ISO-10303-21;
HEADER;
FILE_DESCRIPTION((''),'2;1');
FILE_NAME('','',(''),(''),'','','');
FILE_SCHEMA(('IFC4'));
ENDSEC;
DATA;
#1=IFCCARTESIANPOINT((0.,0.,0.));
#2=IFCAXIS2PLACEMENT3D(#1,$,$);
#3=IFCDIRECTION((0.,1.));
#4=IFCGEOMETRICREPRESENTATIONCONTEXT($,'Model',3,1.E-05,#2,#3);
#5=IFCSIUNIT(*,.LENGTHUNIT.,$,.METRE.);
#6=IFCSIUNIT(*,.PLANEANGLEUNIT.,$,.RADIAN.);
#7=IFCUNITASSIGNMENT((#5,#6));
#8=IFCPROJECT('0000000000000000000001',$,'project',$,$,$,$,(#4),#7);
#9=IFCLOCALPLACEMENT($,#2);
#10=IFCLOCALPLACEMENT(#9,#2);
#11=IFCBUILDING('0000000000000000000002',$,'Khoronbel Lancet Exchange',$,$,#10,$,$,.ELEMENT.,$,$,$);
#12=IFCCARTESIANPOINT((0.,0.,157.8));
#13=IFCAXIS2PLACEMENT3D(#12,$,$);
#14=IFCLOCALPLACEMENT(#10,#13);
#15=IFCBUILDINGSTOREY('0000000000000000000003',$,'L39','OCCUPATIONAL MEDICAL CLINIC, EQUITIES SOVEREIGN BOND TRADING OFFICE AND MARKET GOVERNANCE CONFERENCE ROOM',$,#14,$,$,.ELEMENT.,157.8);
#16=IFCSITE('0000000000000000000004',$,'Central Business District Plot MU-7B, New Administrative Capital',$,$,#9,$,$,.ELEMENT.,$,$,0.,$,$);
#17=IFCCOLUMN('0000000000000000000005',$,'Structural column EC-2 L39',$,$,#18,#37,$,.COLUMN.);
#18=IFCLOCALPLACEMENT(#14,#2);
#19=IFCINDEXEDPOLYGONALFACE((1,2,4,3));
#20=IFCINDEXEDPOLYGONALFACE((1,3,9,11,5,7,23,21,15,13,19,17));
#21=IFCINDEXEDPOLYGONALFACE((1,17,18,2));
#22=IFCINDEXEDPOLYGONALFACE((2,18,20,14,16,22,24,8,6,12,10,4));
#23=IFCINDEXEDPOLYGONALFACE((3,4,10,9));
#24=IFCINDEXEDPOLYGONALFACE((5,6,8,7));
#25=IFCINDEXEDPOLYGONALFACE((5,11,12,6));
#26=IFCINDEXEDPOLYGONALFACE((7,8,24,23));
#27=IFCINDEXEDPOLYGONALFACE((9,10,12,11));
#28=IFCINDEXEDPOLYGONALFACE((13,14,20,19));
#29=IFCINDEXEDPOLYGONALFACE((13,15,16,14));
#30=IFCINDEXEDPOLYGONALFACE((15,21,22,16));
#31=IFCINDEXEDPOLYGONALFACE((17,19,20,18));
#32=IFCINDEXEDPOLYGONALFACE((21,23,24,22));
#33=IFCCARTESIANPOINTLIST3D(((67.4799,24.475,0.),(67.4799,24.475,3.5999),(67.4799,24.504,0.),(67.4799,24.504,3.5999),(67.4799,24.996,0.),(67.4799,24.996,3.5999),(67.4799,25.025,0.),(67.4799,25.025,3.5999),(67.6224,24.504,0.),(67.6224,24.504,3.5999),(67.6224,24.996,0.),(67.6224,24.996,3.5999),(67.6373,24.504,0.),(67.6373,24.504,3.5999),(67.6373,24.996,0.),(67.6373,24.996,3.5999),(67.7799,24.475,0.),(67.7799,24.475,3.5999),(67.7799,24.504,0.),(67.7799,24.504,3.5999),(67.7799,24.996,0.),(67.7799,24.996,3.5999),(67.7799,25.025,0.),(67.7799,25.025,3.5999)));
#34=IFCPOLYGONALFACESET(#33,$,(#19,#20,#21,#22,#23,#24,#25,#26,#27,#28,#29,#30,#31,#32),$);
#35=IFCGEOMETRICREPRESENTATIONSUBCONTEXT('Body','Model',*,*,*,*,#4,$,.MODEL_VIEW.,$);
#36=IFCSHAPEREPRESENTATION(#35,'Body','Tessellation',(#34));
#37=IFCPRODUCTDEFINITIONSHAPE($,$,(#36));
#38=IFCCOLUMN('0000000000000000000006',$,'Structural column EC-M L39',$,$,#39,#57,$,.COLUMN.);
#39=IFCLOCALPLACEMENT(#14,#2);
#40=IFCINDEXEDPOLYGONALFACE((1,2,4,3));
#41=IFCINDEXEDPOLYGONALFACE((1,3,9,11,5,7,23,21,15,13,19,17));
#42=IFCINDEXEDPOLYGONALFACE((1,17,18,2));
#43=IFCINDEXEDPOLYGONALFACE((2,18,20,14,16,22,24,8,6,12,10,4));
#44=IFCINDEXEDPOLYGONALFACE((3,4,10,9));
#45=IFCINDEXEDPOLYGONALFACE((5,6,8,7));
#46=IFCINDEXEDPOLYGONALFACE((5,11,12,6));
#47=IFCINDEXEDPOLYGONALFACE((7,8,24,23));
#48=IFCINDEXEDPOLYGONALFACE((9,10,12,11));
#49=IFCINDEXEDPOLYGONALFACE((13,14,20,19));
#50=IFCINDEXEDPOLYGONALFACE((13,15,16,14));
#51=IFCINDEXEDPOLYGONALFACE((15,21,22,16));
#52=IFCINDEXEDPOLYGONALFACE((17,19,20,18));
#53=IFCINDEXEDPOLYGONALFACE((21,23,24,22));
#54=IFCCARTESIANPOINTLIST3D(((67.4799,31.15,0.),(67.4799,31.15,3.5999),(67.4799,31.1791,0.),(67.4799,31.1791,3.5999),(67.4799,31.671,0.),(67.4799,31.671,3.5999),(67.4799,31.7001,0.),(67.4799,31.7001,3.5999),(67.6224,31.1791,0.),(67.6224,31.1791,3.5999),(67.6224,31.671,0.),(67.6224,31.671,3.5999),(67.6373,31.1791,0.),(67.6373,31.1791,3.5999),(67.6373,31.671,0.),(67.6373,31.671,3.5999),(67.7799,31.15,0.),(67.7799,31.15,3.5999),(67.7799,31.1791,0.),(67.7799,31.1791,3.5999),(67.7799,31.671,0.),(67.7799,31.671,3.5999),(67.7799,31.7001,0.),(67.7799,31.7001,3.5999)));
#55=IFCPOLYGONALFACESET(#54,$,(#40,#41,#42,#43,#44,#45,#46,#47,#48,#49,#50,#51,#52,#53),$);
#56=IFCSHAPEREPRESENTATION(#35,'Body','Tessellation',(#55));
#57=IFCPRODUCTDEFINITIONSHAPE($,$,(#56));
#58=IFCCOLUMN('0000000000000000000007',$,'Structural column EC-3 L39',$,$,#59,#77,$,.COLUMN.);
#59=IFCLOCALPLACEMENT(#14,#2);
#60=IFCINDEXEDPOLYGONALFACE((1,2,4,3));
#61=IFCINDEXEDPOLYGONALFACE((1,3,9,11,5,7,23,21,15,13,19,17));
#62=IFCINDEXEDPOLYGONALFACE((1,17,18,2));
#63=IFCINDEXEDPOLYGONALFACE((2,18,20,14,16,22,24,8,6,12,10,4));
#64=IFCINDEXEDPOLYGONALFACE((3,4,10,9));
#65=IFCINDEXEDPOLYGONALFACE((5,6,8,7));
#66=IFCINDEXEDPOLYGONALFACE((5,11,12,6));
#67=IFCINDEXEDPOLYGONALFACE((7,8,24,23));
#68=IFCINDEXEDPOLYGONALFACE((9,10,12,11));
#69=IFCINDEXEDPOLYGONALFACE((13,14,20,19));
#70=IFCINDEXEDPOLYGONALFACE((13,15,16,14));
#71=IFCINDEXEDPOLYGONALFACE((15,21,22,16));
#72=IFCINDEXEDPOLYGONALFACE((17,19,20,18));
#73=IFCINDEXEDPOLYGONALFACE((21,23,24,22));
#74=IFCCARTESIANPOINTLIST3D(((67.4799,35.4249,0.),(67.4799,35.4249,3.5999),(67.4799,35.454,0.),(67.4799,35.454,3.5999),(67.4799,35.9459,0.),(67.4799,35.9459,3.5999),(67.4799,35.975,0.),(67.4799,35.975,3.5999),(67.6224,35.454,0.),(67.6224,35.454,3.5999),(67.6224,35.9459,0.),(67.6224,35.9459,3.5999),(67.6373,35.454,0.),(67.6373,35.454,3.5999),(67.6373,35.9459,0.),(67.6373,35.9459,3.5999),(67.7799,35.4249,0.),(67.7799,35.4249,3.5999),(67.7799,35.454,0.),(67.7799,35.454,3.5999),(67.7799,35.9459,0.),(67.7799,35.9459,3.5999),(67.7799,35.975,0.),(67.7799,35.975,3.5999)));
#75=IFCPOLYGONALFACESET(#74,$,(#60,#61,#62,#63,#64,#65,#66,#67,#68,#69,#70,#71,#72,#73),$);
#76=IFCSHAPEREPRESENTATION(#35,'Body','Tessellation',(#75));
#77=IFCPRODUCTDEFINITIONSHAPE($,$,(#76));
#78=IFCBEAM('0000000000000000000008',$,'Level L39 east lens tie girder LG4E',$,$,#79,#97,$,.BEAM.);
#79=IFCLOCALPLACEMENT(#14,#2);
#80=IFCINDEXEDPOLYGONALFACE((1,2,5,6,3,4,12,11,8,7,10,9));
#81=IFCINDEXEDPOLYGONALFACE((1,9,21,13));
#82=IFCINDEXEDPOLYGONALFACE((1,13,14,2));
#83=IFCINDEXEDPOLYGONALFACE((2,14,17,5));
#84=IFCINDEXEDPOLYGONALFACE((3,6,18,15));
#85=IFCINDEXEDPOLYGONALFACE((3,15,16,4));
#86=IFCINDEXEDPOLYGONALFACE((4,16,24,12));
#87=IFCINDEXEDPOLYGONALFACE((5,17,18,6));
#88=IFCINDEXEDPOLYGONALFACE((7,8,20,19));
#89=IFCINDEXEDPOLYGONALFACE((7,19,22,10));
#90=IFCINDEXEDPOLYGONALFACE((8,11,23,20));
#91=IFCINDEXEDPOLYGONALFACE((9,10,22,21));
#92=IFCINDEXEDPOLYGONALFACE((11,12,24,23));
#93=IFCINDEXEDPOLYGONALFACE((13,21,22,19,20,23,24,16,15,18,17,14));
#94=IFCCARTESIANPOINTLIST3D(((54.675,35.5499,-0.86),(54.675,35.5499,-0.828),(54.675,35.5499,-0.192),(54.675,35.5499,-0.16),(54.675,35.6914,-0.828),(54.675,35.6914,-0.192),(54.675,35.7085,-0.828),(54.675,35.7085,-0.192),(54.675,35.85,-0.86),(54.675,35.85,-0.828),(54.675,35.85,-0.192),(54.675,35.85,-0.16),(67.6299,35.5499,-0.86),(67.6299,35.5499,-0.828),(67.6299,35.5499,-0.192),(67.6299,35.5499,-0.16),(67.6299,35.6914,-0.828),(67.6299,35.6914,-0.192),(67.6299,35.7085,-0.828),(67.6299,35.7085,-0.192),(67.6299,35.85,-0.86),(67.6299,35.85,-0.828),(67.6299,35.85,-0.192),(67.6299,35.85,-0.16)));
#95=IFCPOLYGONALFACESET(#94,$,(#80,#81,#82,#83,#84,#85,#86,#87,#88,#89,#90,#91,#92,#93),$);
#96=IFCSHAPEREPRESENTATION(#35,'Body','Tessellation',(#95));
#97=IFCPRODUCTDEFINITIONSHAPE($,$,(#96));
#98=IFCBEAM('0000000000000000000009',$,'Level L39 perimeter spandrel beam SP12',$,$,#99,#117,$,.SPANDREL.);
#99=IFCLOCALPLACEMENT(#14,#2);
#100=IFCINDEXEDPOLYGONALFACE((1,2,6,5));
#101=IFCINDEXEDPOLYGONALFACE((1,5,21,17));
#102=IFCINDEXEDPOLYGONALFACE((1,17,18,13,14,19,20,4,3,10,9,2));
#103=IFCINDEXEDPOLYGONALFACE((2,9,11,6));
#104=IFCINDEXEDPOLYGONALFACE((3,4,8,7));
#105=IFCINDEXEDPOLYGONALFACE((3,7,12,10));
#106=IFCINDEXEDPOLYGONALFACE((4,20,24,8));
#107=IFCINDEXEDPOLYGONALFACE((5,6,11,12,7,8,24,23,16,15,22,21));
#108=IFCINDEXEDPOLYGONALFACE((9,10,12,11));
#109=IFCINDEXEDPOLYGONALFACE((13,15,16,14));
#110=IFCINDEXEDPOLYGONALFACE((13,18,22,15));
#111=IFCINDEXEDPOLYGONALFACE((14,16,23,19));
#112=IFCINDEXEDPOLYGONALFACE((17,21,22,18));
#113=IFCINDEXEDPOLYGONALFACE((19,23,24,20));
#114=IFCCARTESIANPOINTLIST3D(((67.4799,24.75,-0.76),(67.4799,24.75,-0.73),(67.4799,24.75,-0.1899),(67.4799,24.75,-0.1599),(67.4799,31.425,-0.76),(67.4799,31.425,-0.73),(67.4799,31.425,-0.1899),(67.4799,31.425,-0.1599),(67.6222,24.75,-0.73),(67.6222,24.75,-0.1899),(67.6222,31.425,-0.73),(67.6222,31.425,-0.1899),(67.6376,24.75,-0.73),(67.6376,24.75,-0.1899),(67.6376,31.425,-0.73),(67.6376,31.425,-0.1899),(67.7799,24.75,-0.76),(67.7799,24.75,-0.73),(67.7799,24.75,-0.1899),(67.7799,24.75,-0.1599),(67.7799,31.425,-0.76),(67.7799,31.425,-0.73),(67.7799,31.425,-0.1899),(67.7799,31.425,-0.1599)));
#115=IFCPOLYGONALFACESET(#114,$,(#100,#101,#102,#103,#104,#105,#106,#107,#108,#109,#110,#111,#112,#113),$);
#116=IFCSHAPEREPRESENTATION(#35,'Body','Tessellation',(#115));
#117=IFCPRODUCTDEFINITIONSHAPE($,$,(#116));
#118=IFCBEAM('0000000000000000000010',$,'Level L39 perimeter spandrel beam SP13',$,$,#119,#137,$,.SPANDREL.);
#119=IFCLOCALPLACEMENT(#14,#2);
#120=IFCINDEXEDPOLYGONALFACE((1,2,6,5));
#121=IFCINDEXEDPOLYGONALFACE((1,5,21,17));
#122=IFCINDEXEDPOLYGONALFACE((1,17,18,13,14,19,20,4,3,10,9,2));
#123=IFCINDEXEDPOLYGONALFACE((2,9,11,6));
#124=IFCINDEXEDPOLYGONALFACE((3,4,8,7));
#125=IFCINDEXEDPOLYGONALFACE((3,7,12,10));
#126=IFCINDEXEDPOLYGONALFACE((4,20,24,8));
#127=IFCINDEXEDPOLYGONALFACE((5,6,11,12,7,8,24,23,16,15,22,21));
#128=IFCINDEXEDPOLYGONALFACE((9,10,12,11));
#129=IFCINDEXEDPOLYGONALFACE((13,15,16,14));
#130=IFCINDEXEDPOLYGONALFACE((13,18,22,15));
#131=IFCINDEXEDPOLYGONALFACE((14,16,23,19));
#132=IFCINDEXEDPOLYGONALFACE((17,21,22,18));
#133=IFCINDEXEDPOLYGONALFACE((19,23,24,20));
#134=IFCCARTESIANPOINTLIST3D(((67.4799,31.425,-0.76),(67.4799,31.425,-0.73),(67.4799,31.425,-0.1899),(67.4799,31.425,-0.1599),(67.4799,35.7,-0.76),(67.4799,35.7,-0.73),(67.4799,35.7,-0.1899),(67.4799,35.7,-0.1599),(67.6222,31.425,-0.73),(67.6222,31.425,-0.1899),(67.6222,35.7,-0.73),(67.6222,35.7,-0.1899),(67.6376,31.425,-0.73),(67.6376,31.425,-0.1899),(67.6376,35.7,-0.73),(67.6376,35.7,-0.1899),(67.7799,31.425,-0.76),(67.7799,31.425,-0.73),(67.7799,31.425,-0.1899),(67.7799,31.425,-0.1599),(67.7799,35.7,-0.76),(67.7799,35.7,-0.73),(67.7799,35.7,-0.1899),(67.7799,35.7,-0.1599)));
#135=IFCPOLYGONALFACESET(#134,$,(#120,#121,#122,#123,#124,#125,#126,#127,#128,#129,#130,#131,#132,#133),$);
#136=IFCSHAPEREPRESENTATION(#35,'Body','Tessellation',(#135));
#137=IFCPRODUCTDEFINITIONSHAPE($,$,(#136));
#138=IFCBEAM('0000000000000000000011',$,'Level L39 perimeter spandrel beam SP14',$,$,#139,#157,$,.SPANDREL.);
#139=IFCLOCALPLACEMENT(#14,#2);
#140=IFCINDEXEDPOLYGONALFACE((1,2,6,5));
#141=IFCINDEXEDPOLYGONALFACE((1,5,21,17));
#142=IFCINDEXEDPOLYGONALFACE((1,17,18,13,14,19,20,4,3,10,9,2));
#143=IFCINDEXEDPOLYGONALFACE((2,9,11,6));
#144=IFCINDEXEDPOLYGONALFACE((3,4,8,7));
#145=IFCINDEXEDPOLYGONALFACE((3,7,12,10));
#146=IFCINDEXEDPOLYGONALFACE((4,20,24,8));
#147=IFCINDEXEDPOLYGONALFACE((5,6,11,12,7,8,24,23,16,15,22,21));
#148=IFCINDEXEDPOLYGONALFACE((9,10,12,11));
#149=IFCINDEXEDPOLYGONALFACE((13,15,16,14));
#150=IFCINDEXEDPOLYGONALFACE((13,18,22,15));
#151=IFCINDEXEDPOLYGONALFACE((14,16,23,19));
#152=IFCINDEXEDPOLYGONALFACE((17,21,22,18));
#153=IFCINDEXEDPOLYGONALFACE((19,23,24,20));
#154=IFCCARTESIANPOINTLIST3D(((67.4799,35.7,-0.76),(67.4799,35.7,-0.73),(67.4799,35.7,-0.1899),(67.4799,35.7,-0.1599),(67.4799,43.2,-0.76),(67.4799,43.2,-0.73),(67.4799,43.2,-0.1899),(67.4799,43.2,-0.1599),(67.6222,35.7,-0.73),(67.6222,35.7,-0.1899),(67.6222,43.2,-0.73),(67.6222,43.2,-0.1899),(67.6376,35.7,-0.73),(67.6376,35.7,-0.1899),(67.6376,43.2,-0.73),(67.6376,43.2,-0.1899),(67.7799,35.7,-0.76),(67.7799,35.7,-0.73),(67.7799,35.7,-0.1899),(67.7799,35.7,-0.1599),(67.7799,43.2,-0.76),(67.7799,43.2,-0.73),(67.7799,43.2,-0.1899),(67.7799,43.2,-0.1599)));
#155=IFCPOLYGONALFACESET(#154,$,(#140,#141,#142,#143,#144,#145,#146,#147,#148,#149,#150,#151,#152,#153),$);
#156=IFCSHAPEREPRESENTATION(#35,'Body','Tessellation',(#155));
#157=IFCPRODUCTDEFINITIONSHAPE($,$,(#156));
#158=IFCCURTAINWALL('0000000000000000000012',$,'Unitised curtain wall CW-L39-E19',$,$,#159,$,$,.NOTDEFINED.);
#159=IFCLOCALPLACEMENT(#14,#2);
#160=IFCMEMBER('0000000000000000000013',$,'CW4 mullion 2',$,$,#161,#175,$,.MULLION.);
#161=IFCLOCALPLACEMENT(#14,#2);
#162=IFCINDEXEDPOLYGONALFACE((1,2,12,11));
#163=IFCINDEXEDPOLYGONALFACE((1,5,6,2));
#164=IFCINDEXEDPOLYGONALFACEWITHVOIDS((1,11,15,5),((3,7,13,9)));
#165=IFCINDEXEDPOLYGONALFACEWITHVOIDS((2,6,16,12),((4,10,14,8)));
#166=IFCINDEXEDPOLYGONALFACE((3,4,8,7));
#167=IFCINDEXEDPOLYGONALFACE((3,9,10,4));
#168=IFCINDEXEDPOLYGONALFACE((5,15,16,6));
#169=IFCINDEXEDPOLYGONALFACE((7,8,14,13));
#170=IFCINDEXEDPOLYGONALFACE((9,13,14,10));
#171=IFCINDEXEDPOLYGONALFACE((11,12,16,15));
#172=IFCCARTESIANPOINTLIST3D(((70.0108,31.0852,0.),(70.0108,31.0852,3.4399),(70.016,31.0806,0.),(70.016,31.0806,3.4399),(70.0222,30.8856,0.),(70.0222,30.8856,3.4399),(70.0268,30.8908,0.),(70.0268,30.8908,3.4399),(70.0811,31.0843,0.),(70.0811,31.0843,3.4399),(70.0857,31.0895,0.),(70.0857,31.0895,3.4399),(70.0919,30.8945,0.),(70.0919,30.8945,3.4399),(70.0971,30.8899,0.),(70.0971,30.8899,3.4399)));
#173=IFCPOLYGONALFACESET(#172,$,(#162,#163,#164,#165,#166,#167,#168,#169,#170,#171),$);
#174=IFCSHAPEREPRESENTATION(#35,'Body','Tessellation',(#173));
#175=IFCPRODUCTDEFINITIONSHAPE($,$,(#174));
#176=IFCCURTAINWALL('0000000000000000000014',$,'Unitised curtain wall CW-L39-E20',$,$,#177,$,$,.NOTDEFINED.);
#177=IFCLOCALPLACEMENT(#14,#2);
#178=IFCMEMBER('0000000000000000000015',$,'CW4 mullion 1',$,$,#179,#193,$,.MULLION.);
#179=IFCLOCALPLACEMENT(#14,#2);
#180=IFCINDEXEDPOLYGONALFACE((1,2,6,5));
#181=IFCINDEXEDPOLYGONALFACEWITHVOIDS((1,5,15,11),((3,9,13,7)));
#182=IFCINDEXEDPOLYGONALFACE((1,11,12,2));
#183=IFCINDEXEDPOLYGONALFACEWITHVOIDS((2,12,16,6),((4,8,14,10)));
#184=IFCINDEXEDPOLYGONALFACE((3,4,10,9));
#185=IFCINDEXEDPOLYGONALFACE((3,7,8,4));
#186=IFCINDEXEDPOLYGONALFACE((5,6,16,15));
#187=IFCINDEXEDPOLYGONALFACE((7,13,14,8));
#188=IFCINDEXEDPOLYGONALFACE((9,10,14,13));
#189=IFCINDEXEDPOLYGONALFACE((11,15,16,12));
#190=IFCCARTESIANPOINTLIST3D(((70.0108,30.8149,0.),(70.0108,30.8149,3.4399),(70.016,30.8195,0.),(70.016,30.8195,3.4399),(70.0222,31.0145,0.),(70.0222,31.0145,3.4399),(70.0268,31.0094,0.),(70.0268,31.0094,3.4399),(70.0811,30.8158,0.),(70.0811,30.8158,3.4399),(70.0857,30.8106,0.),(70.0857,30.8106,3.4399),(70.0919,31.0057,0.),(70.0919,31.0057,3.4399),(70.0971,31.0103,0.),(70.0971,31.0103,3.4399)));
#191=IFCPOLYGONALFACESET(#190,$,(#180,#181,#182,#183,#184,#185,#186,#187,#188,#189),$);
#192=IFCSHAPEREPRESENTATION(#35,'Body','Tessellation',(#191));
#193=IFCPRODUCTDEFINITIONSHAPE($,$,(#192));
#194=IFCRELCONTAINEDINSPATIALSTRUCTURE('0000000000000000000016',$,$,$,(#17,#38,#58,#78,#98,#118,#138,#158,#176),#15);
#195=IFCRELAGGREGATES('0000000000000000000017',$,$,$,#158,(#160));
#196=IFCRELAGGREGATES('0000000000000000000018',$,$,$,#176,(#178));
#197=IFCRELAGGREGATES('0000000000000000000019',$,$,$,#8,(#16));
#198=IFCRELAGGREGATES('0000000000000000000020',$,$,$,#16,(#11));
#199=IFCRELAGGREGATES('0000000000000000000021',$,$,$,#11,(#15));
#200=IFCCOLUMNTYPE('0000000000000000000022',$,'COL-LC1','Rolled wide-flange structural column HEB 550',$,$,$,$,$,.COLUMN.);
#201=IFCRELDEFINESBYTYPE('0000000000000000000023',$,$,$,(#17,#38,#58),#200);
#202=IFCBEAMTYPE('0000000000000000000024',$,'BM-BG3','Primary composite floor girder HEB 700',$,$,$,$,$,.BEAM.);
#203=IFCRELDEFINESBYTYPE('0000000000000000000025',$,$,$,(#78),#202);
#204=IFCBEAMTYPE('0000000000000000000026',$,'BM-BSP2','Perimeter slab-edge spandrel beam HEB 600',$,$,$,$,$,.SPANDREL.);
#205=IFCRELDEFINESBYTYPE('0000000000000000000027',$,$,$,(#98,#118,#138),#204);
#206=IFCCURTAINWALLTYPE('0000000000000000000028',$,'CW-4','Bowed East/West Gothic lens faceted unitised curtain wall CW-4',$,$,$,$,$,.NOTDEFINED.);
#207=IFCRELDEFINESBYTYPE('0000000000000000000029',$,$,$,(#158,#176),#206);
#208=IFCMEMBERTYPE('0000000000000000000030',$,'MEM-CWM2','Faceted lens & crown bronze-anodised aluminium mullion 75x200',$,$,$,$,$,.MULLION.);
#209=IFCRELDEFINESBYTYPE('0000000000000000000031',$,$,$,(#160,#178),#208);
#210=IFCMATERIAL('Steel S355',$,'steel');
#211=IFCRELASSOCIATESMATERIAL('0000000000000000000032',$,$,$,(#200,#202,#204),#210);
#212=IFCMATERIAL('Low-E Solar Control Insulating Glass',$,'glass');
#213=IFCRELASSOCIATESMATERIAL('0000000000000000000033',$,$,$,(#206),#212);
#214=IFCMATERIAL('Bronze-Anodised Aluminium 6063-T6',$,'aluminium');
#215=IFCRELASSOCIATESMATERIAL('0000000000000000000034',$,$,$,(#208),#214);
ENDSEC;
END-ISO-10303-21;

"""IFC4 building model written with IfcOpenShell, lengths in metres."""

from ifc_helpers import new_model, si_unit, direction, frame, origin, origin_2d, place, context, subcontext, project, spatial, hollow_rectangle, i_section, extrude, material, material_profile, profile_set, type_object, element, aggregate, save


model = new_model("IFC4")

# Units and contexts
model_context = context("Model", 3, precision=1e-05, world=origin(), true_north=direction((0.0, 1.0)))
body_context = subcontext(model_context, "Body", "Model", "MODEL_VIEW")
ifc_project = project(units=[si_unit("LENGTHUNIT", "METRE"), si_unit("PLANEANGLEUNIT", "RADIAN")], contexts=[model_context])

# Site, building, storey
site_placement = place(None, origin())
site = spatial("IfcSite", under=ifc_project, at=site_placement, Name="Central Business District Plot MU-7B, New Administrative Capital", CompositionType="ELEMENT", RefElevation=0.0)
building_placement = place(site_placement, origin())
building = spatial("IfcBuilding", under=site, at=building_placement, Name="Khoronbel Lancet Exchange", CompositionType="ELEMENT")
storey_placement = place(building_placement, frame((0.0, 0.0, 157.8)))
storey = spatial("IfcBuildingStorey", under=building, at=storey_placement, Name="L39", Description="OCCUPATIONAL MEDICAL CLINIC, EQUITIES SOVEREIGN BOND TRADING OFFICE AND MARKET GOVERNANCE CONFERENCE ROOM", CompositionType="ELEMENT", Elevation=157.8)

# Columns
ifc_material_1 = material(Name="Steel S355", Category="steel")
ifc_material_profile_1 = material_profile(ifc_material_1, i_section(OverallWidth=0.3, OverallDepth=0.55, WebThickness=0.0149, FlangeThickness=0.0291, at=origin_2d()), Name="HEB 550")
ifc_profile_set_1 = profile_set([ifc_material_profile_1], Name="Steel S355")
column_type = type_object("IfcColumnType", Name="COL-LC1", Description="Rolled wide-flange structural column HEB 550", PredefinedType="COLUMN", material=ifc_profile_set_1)
for number, where, z_axis, x_axis, name in (
    (1, (67.6299, 24.75, 0.0), (0.0, 0.0, 1.0), (1.0, 0.0, 0.0), "Structural column EC-2 L39"),
    (2, (67.6299, 31.425, 0.0), (0.0, 0.0, 1.0), (1.0, 0.0, 0.0), "Structural column EC-M L39"),
    (3, (67.6299, 35.7, 0.0), (0.0, 0.0, 1.0), (1.0, 0.0, 0.0), "Structural column EC-3 L39"),
):
    element("IfcColumn", number, at=place(storey_placement, frame(where, z_axis=z_axis, x_axis=x_axis)), inside=storey, type_object=column_type, Name=name, PredefinedType="COLUMN", context=body_context, shape_type="SweptSolid", body=[
        extrude(i_section(OverallWidth=0.3, OverallDepth=0.55, WebThickness=0.0149, FlangeThickness=0.0291, at=origin_2d()), origin(), (0.0, 0.0, 1.0), 3.5999),
    ])

# Beams
ifc_material_profile_2 = material_profile(ifc_material_1, i_section(OverallWidth=0.3, OverallDepth=0.7, WebThickness=0.0171, FlangeThickness=0.032, at=origin_2d()), Name="HEB 700")
ifc_profile_set_2 = profile_set([ifc_material_profile_2], Name="Steel S355")
beam_type_1 = type_object("IfcBeamType", Name="BM-BG3", Description="Primary composite floor girder HEB 700", PredefinedType="BEAM", material=ifc_profile_set_2)
beam_1_placement = place(storey_placement, frame((54.675, 35.7, -0.51), z_axis=(1.0, 0.0, 0.0), x_axis=(0.0, 1.0, 0.0)))
element("IfcBeam", 4, at=beam_1_placement, inside=storey, type_object=beam_type_1, Name="Level L39 east lens tie girder LG4E", PredefinedType="BEAM", context=body_context, shape_type="SweptSolid", body=[
    extrude(i_section(OverallWidth=0.3, OverallDepth=0.7, WebThickness=0.0171, FlangeThickness=0.032, at=origin_2d()), origin(), (0.0, 0.0, 1.0), 12.9548),
])
ifc_material_profile_3 = material_profile(ifc_material_1, i_section(OverallWidth=0.3, OverallDepth=0.6001, WebThickness=0.0154, FlangeThickness=0.03, at=origin_2d()), Name="HEB 600")
ifc_profile_set_3 = profile_set([ifc_material_profile_3], Name="Steel S355")
beam_type_2 = type_object("IfcBeamType", Name="BM-BSP2", Description="Perimeter slab-edge spandrel beam HEB 600", PredefinedType="SPANDREL", material=ifc_profile_set_3)
beam_2_placement = place(storey_placement, frame((67.6299, 24.75, -0.46), z_axis=(0.0, 1.0, 0.0), x_axis=(-1.0, 0.0, 0.0)))
element("IfcBeam", 5, at=beam_2_placement, inside=storey, type_object=beam_type_2, Name="Level L39 perimeter spandrel beam SP12", PredefinedType="SPANDREL", context=body_context, shape_type="SweptSolid", body=[
    extrude(i_section(OverallWidth=0.3, OverallDepth=0.6001, WebThickness=0.0154, FlangeThickness=0.03, at=origin_2d()), origin(), (0.0, 0.0, 1.0), 6.675),
])
beam_3_placement = place(storey_placement, frame((67.6299, 31.425, -0.46), z_axis=(0.0, 1.0, 0.0), x_axis=(-1.0, 0.0, 0.0)))
element("IfcBeam", 6, at=beam_3_placement, inside=storey, type_object=beam_type_2, Name="Level L39 perimeter spandrel beam SP13", PredefinedType="SPANDREL", context=body_context, shape_type="SweptSolid", body=[
    extrude(i_section(OverallWidth=0.3, OverallDepth=0.6001, WebThickness=0.0154, FlangeThickness=0.03, at=origin_2d()), origin(), (0.0, 0.0, 1.0), 4.2749),
])
beam_4_placement = place(storey_placement, frame((67.6299, 35.7, -0.46), z_axis=(0.0, 1.0, 0.0), x_axis=(-1.0, 0.0, 0.0)))
element("IfcBeam", 7, at=beam_4_placement, inside=storey, type_object=beam_type_2, Name="Level L39 perimeter spandrel beam SP14", PredefinedType="SPANDREL", context=body_context, shape_type="SweptSolid", body=[
    extrude(i_section(OverallWidth=0.3, OverallDepth=0.6001, WebThickness=0.0154, FlangeThickness=0.03, at=origin_2d()), origin(), (0.0, 0.0, 1.0), 7.5),
])

# Curtain wall, member
ifc_material_2 = material(Name="Low-E Solar Control Insulating Glass", Category="glass")
curtain_wall_type = type_object("IfcCurtainWallType", Name="CW-4", Description="Bowed East/West Gothic lens faceted unitised curtain wall CW-4", PredefinedType="NOTDEFINED", material=ifc_material_2)
curtain_wall_1_placement = place(storey_placement, origin())
curtain_wall_1 = element("IfcCurtainWall", 8, at=curtain_wall_1_placement, inside=storey, type_object=curtain_wall_type, Name="Unitised curtain wall CW-L39-E19", PredefinedType="NOTDEFINED")
ifc_material_3 = material(Name="Bronze-Anodised Aluminium 6063-T6", Category="aluminium")
ifc_material_profile_4 = material_profile(ifc_material_3, hollow_rectangle(XDim=0.075, YDim=0.2, WallThickness=0.0049, at=origin_2d()), Name="ALU MULLION 75x200")
ifc_profile_set_4 = profile_set([ifc_material_profile_4], Name="Bronze-Anodised Aluminium 6063-T6")
member_type_1 = type_object("IfcMemberType", Name="MEM-CWM2", Description="Faceted lens & crown bronze-anodised aluminium mullion 75x200", PredefinedType="MULLION", material=ifc_profile_set_4)
member_1_placement = place(storey_placement, frame((70.054, 30.9875, 0.0), z_axis=(0.0, 0.0, 1.0), x_axis=(0.998373, 0.057027, 0.0)))
member_1 = element("IfcMember", 9, at=member_1_placement, type_object=member_type_1, Name="CW4 mullion 2", PredefinedType="MULLION", context=body_context, shape_type="SweptSolid", body=[
    extrude(hollow_rectangle(XDim=0.075, YDim=0.2, WallThickness=0.0049, at=origin_2d()), origin(), (0.0, 0.0, 1.0), 3.4399),
])

# Curtain wall, member
curtain_wall_2_placement = place(storey_placement, origin())
curtain_wall_2 = element("IfcCurtainWall", 10, at=curtain_wall_2_placement, inside=storey, type_object=curtain_wall_type, Name="Unitised curtain wall CW-L39-E20", PredefinedType="NOTDEFINED")
member_2_placement = place(storey_placement, frame((70.054, 30.9126, 0.0), z_axis=(0.0, 0.0, 1.0), x_axis=(0.998373, -0.057027, 0.0)))
member_2 = element("IfcMember", 11, at=member_2_placement, type_object=member_type_1, Name="CW4 mullion 1", PredefinedType="MULLION", context=body_context, shape_type="SweptSolid", body=[
    extrude(hollow_rectangle(XDim=0.075, YDim=0.2, WallThickness=0.0049, at=origin_2d()), origin(), (0.0, 0.0, 1.0), 3.4399),
])

aggregate(curtain_wall_1, [member_1])
aggregate(curtain_wall_2, [member_2])

save(model, "model.ifc")
